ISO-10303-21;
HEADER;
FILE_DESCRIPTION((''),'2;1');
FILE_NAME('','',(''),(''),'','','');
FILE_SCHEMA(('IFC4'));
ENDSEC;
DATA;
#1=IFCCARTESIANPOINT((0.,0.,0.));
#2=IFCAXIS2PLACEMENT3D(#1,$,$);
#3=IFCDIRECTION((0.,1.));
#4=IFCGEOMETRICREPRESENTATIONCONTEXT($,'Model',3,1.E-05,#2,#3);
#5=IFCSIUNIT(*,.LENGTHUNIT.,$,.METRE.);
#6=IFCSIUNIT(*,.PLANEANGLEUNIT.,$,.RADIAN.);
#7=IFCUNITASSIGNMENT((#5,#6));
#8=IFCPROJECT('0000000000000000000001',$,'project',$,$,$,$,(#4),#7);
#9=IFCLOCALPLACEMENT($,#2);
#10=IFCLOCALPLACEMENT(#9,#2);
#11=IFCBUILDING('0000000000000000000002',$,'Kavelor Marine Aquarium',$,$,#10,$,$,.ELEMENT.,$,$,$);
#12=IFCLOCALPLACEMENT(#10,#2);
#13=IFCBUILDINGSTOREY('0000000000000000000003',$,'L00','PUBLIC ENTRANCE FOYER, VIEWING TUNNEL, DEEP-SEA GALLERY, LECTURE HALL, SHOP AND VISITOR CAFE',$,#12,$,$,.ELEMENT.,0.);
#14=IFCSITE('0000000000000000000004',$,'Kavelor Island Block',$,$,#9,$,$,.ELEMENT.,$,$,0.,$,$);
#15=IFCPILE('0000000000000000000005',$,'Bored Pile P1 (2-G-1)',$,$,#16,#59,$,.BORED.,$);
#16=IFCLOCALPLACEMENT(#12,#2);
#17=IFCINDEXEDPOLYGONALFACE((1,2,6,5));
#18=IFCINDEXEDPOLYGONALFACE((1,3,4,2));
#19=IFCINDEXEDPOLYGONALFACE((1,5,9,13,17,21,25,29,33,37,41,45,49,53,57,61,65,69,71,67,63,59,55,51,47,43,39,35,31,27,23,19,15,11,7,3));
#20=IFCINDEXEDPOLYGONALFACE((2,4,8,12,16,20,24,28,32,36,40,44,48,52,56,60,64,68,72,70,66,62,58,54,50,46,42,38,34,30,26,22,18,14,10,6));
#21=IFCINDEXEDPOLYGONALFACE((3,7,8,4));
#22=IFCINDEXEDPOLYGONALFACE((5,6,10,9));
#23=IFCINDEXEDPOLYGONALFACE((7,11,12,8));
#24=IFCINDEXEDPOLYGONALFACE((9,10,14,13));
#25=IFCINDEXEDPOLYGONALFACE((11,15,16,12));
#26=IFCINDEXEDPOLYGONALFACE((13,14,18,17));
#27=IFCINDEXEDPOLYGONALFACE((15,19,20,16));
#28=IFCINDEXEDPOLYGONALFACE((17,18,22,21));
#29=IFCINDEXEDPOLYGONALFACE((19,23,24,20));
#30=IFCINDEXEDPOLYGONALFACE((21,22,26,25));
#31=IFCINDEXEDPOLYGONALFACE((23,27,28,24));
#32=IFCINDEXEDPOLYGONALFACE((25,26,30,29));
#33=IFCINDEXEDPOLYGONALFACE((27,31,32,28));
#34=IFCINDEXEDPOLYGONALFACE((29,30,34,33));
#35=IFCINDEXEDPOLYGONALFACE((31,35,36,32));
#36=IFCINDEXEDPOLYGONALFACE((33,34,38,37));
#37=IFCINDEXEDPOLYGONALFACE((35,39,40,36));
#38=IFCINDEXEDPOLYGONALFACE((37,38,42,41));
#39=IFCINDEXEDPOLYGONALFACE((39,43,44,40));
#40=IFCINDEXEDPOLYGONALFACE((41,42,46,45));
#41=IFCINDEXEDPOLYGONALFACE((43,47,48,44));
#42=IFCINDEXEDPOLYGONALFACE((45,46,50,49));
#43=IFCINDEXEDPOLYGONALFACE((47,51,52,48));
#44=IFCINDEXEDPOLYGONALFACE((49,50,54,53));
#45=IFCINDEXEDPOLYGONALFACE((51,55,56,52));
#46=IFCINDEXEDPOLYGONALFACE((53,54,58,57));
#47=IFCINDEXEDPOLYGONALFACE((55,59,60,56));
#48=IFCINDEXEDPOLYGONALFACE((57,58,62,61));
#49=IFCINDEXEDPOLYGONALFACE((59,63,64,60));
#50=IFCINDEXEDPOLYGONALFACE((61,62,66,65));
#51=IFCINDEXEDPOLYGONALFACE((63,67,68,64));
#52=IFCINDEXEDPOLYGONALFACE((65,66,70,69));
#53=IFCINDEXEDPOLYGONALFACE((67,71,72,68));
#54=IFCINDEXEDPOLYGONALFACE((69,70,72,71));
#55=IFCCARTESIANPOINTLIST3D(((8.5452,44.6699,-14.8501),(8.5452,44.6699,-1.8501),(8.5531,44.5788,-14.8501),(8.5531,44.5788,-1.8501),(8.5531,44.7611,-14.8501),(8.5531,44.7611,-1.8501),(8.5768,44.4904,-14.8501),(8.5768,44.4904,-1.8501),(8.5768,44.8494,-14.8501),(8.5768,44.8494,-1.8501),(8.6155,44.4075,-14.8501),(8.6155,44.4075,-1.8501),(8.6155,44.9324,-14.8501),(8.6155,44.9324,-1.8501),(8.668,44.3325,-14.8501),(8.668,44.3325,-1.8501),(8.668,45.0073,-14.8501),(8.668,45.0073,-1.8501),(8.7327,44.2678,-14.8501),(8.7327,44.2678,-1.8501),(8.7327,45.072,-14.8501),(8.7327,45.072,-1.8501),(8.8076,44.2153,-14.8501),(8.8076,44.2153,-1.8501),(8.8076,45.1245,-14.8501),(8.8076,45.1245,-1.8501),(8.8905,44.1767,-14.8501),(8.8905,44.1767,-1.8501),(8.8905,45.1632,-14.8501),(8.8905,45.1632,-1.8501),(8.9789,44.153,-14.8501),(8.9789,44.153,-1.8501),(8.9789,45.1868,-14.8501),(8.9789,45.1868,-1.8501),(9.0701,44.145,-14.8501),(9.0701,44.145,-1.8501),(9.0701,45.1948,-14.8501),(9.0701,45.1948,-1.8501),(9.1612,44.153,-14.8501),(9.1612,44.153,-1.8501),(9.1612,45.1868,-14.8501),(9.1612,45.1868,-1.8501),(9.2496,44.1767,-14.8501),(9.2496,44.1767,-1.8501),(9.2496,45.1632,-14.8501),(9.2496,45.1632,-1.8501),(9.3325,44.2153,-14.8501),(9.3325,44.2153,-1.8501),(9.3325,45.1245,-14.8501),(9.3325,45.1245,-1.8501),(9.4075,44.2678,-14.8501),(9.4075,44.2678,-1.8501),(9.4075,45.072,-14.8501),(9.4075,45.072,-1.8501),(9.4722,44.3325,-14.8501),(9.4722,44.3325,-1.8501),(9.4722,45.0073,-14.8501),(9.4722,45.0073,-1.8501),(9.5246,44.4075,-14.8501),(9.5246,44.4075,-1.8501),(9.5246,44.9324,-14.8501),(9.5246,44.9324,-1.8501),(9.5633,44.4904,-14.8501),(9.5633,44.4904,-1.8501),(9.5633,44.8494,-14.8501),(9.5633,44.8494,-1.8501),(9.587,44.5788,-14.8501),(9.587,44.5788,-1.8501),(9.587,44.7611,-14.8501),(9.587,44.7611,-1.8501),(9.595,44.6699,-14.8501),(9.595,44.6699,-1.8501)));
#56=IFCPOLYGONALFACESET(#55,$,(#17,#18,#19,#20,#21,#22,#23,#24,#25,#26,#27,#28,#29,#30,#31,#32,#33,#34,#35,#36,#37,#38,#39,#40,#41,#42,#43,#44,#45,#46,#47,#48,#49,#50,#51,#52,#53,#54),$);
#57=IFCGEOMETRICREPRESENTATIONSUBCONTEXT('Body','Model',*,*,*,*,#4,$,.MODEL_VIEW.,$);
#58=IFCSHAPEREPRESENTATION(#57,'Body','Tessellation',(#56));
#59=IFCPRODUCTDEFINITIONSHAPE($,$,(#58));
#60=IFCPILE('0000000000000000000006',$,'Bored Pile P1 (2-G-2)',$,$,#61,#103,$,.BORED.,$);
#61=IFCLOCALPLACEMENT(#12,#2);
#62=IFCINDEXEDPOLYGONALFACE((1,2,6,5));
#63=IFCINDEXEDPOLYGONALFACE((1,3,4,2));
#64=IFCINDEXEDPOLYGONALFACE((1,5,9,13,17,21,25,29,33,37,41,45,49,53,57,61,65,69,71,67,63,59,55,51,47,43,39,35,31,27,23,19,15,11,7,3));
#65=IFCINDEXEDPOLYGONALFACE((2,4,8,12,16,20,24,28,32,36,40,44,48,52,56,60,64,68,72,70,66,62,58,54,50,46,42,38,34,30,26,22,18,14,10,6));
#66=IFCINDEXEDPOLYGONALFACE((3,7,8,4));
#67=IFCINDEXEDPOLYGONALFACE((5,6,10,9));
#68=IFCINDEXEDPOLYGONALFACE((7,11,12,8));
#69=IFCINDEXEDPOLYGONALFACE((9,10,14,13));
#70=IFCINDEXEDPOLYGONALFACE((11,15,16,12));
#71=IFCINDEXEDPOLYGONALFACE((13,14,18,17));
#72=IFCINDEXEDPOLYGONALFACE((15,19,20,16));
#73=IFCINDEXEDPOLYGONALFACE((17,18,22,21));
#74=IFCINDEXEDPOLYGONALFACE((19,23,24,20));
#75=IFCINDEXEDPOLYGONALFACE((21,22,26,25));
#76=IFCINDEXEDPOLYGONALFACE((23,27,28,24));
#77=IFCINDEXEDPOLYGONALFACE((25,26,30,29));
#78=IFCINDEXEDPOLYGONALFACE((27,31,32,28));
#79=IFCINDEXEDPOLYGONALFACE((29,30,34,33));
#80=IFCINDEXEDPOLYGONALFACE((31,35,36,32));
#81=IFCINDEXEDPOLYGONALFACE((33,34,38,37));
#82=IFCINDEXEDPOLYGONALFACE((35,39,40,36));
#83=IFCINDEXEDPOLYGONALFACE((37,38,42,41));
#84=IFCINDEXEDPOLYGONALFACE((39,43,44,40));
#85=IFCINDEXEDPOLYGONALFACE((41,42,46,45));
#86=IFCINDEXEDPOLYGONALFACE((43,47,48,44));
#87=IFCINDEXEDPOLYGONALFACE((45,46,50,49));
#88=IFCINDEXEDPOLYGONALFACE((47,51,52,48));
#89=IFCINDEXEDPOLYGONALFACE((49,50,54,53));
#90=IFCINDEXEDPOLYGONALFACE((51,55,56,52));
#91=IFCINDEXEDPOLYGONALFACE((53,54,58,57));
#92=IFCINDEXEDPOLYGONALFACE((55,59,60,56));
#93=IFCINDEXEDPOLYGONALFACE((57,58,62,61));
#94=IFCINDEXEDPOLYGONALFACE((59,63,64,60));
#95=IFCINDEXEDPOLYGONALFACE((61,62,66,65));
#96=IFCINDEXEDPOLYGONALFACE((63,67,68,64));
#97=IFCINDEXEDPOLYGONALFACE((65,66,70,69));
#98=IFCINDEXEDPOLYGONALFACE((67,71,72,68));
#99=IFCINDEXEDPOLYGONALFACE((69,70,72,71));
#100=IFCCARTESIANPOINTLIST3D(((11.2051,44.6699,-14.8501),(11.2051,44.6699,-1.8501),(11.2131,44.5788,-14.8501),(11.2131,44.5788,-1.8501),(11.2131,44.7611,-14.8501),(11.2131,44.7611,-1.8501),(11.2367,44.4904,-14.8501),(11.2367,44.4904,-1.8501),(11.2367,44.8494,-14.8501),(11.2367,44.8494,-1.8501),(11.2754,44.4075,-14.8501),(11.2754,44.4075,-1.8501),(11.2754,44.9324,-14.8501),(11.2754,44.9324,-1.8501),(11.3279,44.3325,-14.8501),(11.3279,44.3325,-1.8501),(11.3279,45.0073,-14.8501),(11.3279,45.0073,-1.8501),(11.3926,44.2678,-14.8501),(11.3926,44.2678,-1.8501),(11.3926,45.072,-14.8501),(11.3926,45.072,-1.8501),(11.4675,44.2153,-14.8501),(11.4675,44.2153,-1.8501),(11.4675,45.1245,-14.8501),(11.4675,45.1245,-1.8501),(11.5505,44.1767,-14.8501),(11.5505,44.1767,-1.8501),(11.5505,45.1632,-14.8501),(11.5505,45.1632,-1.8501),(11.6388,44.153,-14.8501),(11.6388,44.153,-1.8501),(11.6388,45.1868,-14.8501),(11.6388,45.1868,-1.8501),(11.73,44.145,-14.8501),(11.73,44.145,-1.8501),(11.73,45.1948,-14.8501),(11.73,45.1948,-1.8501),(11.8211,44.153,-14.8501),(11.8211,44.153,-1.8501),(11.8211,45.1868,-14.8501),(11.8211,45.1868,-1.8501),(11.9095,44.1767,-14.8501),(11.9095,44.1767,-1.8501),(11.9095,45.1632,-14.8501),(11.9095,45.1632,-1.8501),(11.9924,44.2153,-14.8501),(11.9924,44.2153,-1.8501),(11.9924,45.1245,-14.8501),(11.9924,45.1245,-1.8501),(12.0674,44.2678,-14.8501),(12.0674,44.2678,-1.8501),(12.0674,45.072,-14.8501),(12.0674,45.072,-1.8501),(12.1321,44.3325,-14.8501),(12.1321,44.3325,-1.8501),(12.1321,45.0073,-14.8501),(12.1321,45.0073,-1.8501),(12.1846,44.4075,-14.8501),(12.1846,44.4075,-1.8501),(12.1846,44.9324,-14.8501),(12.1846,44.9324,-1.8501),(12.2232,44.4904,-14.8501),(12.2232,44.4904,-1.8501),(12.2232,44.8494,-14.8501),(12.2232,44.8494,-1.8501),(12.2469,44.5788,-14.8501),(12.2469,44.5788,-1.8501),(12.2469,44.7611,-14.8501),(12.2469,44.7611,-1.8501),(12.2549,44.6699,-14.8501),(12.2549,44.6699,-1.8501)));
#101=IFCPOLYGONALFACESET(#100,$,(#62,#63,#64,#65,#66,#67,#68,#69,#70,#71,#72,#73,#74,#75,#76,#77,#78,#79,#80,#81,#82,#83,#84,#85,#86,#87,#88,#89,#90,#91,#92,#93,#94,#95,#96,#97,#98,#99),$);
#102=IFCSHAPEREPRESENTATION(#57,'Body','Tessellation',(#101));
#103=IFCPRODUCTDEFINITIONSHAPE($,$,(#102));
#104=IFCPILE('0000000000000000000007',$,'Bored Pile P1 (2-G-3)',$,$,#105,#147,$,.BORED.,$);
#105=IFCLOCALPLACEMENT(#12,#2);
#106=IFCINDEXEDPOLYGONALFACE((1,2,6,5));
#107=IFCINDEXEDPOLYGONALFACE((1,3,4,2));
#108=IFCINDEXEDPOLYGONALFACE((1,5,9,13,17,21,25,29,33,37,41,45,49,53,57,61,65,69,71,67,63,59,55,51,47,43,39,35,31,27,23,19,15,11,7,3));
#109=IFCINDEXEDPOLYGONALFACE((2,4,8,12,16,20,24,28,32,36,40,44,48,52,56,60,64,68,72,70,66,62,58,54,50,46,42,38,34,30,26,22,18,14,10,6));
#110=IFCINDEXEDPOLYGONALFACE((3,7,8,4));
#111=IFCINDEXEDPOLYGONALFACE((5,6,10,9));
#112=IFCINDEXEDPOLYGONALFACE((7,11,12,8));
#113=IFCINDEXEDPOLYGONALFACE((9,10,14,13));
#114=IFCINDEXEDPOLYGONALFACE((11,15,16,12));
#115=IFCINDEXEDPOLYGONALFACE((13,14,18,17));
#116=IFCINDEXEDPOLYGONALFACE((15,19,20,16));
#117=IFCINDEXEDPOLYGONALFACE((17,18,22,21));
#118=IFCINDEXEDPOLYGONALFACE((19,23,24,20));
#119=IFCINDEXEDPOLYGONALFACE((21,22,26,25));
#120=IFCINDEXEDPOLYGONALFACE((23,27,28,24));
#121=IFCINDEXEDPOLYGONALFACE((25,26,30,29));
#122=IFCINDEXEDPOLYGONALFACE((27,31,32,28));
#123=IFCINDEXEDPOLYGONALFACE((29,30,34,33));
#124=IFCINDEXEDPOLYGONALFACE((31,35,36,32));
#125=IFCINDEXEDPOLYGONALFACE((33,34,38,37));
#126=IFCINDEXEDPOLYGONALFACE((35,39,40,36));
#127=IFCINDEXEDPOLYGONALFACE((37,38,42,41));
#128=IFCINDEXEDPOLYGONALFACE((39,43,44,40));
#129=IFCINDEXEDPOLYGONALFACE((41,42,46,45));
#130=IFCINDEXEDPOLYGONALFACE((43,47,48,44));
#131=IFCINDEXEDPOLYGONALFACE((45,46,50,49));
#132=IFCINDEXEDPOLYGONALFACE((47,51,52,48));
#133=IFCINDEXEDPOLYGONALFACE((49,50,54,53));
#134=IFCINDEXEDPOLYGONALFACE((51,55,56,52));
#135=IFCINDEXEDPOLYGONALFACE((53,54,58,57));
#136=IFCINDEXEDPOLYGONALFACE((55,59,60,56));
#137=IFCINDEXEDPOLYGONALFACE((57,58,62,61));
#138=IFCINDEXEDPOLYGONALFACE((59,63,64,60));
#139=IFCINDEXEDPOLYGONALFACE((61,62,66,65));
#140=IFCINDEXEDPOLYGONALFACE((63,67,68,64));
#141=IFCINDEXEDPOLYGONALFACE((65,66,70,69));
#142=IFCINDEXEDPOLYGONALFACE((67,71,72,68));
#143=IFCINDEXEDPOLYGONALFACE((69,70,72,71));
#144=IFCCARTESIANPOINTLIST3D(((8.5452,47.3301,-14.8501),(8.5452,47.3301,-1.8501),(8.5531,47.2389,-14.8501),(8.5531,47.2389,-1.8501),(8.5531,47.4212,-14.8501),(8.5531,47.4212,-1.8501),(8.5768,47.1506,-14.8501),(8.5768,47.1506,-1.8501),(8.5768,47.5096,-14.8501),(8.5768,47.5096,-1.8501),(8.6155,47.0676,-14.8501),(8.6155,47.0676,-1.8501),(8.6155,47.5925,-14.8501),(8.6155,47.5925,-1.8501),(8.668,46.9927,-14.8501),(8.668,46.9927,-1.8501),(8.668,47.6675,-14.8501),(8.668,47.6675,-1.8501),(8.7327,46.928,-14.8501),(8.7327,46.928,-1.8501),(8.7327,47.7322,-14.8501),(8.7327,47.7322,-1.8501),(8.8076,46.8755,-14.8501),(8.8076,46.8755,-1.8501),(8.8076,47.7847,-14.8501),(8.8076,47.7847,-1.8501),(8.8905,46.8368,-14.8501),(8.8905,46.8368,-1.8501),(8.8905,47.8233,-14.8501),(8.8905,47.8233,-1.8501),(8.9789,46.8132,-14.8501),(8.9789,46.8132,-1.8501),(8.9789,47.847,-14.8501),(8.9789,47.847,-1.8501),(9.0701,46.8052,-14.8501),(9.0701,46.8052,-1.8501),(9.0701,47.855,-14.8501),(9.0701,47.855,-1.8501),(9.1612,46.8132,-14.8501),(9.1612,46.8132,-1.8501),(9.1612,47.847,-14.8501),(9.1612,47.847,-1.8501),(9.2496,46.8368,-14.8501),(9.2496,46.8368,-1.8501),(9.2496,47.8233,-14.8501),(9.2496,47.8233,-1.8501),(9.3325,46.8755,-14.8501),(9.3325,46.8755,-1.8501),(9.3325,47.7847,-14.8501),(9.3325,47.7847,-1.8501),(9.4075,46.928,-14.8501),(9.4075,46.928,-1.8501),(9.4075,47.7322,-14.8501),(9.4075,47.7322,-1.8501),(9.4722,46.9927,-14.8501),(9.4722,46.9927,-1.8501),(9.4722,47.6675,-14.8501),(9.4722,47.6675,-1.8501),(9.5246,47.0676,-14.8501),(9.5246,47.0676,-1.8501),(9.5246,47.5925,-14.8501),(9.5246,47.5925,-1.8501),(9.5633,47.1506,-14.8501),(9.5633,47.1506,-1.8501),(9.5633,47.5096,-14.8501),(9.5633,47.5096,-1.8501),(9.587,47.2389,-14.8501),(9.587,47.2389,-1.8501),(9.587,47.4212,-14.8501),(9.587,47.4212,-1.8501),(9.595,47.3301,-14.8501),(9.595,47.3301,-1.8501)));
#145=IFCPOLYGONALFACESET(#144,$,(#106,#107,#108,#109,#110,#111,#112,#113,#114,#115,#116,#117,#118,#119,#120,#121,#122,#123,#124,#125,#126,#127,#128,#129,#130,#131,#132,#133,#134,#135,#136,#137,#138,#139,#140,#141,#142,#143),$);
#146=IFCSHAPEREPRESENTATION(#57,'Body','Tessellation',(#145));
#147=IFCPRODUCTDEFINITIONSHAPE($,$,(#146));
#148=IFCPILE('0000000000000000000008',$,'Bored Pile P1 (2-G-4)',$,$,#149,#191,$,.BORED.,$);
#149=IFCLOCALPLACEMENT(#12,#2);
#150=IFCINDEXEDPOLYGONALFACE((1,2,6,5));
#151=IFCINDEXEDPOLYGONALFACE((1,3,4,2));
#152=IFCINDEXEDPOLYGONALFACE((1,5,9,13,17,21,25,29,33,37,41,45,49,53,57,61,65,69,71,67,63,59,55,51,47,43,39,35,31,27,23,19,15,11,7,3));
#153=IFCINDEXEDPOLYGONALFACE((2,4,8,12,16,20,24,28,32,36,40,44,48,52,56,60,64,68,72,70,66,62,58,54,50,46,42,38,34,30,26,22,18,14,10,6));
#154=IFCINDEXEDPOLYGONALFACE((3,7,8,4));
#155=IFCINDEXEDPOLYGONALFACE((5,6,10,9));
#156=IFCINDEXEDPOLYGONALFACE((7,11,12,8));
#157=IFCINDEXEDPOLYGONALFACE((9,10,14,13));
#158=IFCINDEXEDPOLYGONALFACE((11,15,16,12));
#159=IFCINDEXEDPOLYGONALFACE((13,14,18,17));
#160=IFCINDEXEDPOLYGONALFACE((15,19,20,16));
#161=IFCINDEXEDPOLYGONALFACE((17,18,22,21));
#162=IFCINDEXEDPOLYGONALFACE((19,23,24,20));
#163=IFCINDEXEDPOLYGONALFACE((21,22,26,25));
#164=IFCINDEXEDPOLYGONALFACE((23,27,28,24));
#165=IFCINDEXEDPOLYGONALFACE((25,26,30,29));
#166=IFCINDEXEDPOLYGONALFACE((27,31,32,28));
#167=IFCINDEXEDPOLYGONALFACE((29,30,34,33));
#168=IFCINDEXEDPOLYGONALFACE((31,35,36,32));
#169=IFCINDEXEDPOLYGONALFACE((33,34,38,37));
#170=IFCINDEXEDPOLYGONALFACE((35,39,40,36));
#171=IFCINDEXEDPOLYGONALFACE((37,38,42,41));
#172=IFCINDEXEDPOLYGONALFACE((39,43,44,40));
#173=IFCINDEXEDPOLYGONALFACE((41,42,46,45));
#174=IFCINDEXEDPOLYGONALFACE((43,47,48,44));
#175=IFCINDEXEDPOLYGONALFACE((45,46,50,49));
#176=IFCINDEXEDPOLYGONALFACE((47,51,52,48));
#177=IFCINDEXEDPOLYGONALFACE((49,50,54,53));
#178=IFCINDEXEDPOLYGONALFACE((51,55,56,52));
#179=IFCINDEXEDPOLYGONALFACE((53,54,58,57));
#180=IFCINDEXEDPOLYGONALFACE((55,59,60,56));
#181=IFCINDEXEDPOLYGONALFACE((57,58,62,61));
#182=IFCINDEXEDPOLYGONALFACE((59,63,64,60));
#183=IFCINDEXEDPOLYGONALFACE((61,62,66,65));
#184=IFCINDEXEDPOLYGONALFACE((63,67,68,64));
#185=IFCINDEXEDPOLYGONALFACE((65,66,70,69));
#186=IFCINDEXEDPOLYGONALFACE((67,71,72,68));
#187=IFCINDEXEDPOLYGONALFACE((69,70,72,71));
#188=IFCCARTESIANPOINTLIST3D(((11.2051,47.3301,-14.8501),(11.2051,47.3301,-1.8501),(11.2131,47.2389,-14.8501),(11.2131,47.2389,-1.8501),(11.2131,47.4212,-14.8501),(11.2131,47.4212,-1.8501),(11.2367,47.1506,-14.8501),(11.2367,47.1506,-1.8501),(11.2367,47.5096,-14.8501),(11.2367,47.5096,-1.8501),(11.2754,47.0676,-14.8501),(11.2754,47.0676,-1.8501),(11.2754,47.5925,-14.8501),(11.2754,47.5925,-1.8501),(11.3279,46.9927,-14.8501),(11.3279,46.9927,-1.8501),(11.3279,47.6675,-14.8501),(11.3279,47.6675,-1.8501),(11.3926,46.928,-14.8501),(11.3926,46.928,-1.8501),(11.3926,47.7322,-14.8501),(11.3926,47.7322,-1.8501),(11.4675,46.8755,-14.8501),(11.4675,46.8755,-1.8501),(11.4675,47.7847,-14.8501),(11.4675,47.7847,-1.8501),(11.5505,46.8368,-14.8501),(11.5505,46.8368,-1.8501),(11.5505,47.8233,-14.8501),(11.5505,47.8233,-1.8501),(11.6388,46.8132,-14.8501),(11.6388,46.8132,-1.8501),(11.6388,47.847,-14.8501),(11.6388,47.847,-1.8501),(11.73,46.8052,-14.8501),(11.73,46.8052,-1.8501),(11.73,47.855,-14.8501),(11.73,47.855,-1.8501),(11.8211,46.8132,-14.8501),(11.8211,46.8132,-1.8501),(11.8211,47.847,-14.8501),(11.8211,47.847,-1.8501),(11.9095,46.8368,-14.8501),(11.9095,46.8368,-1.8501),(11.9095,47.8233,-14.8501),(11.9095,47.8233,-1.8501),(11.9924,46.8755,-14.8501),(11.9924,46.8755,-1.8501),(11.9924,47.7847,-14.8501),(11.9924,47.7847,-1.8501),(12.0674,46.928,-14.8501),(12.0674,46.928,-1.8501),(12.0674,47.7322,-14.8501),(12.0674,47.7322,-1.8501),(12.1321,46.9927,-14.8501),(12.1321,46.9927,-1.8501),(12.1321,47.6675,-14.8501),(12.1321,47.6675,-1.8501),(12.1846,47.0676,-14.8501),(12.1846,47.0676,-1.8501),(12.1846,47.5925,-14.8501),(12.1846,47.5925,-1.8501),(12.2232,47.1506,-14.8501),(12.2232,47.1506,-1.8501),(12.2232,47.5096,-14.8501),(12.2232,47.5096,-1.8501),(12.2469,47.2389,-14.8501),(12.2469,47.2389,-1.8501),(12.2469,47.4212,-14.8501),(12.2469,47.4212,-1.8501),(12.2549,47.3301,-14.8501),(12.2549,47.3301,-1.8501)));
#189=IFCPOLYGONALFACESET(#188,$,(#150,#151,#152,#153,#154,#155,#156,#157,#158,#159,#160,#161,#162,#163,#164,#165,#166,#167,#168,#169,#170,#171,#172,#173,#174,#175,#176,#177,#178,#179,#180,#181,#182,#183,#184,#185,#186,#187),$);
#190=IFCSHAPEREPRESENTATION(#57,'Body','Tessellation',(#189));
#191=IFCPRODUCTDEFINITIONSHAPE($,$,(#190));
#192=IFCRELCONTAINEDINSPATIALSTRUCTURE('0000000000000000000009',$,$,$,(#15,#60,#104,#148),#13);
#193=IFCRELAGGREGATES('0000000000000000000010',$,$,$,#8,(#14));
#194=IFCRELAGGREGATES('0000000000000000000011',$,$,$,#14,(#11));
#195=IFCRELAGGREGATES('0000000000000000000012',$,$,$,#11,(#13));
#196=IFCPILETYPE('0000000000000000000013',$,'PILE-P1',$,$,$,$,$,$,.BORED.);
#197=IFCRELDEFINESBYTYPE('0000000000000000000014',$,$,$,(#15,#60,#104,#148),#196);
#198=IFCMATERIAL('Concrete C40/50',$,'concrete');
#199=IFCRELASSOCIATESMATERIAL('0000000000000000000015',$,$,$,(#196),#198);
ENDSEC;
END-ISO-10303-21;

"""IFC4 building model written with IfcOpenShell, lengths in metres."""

from ifc_helpers import new_model, si_unit, direction, frame, origin, origin_2d, place, context, subcontext, project, spatial, circle, extrude, material, material_profile, profile_set, type_object, element, save


model = new_model("IFC4")

# Units and contexts
model_context = context("Model", 3, precision=1e-05, world=origin(), true_north=direction((0.0, 1.0)))
body_context = subcontext(model_context, "Body", "Model", "MODEL_VIEW")
ifc_project = project(units=[si_unit("LENGTHUNIT", "METRE"), si_unit("PLANEANGLEUNIT", "RADIAN")], contexts=[model_context])

# Site, building, storey
site_placement = place(None, origin())
site = spatial("IfcSite", under=ifc_project, at=site_placement, Name="Kavelor Island Block", CompositionType="ELEMENT", RefElevation=0.0)
building_placement = place(site_placement, origin())
building = spatial("IfcBuilding", under=site, at=building_placement, Name="Kavelor Marine Aquarium", CompositionType="ELEMENT")
storey_placement = place(building_placement, origin())
storey = spatial("IfcBuildingStorey", under=building, at=storey_placement, Name="L00", Description="PUBLIC ENTRANCE FOYER, VIEWING TUNNEL, DEEP-SEA GALLERY, LECTURE HALL, SHOP AND VISITOR CAFE", CompositionType="ELEMENT", Elevation=0.0)

# Piles
ifc_material_1 = material(Name="Concrete C40/50", Category="concrete")
ifc_material_profile_1 = material_profile(ifc_material_1, circle(Radius=0.5249, at=origin_2d()), Name="PILE D1050")
ifc_profile_set_1 = profile_set([ifc_material_profile_1], Name="Concrete C40/50")
pile_type_1 = type_object("IfcPileType", Name="PILE-P1", PredefinedType="BORED", material=ifc_profile_set_1)
for number, where, z_axis, x_axis, name in (
    (1, (9.0701, 44.6699, -1.8501), (0.0, 0.0, -1.0), (1.0, 0.0, 0.0), "Bored Pile P1 (2-G-1)"),
    (2, (11.73, 44.6699, -1.8501), (0.0, 0.0, -1.0), (1.0, 0.0, 0.0), "Bored Pile P1 (2-G-2)"),
    (3, (9.0701, 47.3301, -1.8501), (0.0, 0.0, -1.0), (1.0, 0.0, 0.0), "Bored Pile P1 (2-G-3)"),
    (4, (11.73, 47.3301, -1.8501), (0.0, 0.0, -1.0), (1.0, 0.0, 0.0), "Bored Pile P1 (2-G-4)"),
):
    element("IfcPile", number, at=place(storey_placement, frame(where, z_axis=z_axis, x_axis=x_axis)), inside=storey, type_object=pile_type_1, Name=name, PredefinedType="BORED", context=body_context, shape_type="SweptSolid", body=[
        extrude(circle(Radius=0.5249, at=origin_2d()), origin(), (0.0, 0.0, 1.0), 13.0),
    ])

save(model, "model.ifc")
